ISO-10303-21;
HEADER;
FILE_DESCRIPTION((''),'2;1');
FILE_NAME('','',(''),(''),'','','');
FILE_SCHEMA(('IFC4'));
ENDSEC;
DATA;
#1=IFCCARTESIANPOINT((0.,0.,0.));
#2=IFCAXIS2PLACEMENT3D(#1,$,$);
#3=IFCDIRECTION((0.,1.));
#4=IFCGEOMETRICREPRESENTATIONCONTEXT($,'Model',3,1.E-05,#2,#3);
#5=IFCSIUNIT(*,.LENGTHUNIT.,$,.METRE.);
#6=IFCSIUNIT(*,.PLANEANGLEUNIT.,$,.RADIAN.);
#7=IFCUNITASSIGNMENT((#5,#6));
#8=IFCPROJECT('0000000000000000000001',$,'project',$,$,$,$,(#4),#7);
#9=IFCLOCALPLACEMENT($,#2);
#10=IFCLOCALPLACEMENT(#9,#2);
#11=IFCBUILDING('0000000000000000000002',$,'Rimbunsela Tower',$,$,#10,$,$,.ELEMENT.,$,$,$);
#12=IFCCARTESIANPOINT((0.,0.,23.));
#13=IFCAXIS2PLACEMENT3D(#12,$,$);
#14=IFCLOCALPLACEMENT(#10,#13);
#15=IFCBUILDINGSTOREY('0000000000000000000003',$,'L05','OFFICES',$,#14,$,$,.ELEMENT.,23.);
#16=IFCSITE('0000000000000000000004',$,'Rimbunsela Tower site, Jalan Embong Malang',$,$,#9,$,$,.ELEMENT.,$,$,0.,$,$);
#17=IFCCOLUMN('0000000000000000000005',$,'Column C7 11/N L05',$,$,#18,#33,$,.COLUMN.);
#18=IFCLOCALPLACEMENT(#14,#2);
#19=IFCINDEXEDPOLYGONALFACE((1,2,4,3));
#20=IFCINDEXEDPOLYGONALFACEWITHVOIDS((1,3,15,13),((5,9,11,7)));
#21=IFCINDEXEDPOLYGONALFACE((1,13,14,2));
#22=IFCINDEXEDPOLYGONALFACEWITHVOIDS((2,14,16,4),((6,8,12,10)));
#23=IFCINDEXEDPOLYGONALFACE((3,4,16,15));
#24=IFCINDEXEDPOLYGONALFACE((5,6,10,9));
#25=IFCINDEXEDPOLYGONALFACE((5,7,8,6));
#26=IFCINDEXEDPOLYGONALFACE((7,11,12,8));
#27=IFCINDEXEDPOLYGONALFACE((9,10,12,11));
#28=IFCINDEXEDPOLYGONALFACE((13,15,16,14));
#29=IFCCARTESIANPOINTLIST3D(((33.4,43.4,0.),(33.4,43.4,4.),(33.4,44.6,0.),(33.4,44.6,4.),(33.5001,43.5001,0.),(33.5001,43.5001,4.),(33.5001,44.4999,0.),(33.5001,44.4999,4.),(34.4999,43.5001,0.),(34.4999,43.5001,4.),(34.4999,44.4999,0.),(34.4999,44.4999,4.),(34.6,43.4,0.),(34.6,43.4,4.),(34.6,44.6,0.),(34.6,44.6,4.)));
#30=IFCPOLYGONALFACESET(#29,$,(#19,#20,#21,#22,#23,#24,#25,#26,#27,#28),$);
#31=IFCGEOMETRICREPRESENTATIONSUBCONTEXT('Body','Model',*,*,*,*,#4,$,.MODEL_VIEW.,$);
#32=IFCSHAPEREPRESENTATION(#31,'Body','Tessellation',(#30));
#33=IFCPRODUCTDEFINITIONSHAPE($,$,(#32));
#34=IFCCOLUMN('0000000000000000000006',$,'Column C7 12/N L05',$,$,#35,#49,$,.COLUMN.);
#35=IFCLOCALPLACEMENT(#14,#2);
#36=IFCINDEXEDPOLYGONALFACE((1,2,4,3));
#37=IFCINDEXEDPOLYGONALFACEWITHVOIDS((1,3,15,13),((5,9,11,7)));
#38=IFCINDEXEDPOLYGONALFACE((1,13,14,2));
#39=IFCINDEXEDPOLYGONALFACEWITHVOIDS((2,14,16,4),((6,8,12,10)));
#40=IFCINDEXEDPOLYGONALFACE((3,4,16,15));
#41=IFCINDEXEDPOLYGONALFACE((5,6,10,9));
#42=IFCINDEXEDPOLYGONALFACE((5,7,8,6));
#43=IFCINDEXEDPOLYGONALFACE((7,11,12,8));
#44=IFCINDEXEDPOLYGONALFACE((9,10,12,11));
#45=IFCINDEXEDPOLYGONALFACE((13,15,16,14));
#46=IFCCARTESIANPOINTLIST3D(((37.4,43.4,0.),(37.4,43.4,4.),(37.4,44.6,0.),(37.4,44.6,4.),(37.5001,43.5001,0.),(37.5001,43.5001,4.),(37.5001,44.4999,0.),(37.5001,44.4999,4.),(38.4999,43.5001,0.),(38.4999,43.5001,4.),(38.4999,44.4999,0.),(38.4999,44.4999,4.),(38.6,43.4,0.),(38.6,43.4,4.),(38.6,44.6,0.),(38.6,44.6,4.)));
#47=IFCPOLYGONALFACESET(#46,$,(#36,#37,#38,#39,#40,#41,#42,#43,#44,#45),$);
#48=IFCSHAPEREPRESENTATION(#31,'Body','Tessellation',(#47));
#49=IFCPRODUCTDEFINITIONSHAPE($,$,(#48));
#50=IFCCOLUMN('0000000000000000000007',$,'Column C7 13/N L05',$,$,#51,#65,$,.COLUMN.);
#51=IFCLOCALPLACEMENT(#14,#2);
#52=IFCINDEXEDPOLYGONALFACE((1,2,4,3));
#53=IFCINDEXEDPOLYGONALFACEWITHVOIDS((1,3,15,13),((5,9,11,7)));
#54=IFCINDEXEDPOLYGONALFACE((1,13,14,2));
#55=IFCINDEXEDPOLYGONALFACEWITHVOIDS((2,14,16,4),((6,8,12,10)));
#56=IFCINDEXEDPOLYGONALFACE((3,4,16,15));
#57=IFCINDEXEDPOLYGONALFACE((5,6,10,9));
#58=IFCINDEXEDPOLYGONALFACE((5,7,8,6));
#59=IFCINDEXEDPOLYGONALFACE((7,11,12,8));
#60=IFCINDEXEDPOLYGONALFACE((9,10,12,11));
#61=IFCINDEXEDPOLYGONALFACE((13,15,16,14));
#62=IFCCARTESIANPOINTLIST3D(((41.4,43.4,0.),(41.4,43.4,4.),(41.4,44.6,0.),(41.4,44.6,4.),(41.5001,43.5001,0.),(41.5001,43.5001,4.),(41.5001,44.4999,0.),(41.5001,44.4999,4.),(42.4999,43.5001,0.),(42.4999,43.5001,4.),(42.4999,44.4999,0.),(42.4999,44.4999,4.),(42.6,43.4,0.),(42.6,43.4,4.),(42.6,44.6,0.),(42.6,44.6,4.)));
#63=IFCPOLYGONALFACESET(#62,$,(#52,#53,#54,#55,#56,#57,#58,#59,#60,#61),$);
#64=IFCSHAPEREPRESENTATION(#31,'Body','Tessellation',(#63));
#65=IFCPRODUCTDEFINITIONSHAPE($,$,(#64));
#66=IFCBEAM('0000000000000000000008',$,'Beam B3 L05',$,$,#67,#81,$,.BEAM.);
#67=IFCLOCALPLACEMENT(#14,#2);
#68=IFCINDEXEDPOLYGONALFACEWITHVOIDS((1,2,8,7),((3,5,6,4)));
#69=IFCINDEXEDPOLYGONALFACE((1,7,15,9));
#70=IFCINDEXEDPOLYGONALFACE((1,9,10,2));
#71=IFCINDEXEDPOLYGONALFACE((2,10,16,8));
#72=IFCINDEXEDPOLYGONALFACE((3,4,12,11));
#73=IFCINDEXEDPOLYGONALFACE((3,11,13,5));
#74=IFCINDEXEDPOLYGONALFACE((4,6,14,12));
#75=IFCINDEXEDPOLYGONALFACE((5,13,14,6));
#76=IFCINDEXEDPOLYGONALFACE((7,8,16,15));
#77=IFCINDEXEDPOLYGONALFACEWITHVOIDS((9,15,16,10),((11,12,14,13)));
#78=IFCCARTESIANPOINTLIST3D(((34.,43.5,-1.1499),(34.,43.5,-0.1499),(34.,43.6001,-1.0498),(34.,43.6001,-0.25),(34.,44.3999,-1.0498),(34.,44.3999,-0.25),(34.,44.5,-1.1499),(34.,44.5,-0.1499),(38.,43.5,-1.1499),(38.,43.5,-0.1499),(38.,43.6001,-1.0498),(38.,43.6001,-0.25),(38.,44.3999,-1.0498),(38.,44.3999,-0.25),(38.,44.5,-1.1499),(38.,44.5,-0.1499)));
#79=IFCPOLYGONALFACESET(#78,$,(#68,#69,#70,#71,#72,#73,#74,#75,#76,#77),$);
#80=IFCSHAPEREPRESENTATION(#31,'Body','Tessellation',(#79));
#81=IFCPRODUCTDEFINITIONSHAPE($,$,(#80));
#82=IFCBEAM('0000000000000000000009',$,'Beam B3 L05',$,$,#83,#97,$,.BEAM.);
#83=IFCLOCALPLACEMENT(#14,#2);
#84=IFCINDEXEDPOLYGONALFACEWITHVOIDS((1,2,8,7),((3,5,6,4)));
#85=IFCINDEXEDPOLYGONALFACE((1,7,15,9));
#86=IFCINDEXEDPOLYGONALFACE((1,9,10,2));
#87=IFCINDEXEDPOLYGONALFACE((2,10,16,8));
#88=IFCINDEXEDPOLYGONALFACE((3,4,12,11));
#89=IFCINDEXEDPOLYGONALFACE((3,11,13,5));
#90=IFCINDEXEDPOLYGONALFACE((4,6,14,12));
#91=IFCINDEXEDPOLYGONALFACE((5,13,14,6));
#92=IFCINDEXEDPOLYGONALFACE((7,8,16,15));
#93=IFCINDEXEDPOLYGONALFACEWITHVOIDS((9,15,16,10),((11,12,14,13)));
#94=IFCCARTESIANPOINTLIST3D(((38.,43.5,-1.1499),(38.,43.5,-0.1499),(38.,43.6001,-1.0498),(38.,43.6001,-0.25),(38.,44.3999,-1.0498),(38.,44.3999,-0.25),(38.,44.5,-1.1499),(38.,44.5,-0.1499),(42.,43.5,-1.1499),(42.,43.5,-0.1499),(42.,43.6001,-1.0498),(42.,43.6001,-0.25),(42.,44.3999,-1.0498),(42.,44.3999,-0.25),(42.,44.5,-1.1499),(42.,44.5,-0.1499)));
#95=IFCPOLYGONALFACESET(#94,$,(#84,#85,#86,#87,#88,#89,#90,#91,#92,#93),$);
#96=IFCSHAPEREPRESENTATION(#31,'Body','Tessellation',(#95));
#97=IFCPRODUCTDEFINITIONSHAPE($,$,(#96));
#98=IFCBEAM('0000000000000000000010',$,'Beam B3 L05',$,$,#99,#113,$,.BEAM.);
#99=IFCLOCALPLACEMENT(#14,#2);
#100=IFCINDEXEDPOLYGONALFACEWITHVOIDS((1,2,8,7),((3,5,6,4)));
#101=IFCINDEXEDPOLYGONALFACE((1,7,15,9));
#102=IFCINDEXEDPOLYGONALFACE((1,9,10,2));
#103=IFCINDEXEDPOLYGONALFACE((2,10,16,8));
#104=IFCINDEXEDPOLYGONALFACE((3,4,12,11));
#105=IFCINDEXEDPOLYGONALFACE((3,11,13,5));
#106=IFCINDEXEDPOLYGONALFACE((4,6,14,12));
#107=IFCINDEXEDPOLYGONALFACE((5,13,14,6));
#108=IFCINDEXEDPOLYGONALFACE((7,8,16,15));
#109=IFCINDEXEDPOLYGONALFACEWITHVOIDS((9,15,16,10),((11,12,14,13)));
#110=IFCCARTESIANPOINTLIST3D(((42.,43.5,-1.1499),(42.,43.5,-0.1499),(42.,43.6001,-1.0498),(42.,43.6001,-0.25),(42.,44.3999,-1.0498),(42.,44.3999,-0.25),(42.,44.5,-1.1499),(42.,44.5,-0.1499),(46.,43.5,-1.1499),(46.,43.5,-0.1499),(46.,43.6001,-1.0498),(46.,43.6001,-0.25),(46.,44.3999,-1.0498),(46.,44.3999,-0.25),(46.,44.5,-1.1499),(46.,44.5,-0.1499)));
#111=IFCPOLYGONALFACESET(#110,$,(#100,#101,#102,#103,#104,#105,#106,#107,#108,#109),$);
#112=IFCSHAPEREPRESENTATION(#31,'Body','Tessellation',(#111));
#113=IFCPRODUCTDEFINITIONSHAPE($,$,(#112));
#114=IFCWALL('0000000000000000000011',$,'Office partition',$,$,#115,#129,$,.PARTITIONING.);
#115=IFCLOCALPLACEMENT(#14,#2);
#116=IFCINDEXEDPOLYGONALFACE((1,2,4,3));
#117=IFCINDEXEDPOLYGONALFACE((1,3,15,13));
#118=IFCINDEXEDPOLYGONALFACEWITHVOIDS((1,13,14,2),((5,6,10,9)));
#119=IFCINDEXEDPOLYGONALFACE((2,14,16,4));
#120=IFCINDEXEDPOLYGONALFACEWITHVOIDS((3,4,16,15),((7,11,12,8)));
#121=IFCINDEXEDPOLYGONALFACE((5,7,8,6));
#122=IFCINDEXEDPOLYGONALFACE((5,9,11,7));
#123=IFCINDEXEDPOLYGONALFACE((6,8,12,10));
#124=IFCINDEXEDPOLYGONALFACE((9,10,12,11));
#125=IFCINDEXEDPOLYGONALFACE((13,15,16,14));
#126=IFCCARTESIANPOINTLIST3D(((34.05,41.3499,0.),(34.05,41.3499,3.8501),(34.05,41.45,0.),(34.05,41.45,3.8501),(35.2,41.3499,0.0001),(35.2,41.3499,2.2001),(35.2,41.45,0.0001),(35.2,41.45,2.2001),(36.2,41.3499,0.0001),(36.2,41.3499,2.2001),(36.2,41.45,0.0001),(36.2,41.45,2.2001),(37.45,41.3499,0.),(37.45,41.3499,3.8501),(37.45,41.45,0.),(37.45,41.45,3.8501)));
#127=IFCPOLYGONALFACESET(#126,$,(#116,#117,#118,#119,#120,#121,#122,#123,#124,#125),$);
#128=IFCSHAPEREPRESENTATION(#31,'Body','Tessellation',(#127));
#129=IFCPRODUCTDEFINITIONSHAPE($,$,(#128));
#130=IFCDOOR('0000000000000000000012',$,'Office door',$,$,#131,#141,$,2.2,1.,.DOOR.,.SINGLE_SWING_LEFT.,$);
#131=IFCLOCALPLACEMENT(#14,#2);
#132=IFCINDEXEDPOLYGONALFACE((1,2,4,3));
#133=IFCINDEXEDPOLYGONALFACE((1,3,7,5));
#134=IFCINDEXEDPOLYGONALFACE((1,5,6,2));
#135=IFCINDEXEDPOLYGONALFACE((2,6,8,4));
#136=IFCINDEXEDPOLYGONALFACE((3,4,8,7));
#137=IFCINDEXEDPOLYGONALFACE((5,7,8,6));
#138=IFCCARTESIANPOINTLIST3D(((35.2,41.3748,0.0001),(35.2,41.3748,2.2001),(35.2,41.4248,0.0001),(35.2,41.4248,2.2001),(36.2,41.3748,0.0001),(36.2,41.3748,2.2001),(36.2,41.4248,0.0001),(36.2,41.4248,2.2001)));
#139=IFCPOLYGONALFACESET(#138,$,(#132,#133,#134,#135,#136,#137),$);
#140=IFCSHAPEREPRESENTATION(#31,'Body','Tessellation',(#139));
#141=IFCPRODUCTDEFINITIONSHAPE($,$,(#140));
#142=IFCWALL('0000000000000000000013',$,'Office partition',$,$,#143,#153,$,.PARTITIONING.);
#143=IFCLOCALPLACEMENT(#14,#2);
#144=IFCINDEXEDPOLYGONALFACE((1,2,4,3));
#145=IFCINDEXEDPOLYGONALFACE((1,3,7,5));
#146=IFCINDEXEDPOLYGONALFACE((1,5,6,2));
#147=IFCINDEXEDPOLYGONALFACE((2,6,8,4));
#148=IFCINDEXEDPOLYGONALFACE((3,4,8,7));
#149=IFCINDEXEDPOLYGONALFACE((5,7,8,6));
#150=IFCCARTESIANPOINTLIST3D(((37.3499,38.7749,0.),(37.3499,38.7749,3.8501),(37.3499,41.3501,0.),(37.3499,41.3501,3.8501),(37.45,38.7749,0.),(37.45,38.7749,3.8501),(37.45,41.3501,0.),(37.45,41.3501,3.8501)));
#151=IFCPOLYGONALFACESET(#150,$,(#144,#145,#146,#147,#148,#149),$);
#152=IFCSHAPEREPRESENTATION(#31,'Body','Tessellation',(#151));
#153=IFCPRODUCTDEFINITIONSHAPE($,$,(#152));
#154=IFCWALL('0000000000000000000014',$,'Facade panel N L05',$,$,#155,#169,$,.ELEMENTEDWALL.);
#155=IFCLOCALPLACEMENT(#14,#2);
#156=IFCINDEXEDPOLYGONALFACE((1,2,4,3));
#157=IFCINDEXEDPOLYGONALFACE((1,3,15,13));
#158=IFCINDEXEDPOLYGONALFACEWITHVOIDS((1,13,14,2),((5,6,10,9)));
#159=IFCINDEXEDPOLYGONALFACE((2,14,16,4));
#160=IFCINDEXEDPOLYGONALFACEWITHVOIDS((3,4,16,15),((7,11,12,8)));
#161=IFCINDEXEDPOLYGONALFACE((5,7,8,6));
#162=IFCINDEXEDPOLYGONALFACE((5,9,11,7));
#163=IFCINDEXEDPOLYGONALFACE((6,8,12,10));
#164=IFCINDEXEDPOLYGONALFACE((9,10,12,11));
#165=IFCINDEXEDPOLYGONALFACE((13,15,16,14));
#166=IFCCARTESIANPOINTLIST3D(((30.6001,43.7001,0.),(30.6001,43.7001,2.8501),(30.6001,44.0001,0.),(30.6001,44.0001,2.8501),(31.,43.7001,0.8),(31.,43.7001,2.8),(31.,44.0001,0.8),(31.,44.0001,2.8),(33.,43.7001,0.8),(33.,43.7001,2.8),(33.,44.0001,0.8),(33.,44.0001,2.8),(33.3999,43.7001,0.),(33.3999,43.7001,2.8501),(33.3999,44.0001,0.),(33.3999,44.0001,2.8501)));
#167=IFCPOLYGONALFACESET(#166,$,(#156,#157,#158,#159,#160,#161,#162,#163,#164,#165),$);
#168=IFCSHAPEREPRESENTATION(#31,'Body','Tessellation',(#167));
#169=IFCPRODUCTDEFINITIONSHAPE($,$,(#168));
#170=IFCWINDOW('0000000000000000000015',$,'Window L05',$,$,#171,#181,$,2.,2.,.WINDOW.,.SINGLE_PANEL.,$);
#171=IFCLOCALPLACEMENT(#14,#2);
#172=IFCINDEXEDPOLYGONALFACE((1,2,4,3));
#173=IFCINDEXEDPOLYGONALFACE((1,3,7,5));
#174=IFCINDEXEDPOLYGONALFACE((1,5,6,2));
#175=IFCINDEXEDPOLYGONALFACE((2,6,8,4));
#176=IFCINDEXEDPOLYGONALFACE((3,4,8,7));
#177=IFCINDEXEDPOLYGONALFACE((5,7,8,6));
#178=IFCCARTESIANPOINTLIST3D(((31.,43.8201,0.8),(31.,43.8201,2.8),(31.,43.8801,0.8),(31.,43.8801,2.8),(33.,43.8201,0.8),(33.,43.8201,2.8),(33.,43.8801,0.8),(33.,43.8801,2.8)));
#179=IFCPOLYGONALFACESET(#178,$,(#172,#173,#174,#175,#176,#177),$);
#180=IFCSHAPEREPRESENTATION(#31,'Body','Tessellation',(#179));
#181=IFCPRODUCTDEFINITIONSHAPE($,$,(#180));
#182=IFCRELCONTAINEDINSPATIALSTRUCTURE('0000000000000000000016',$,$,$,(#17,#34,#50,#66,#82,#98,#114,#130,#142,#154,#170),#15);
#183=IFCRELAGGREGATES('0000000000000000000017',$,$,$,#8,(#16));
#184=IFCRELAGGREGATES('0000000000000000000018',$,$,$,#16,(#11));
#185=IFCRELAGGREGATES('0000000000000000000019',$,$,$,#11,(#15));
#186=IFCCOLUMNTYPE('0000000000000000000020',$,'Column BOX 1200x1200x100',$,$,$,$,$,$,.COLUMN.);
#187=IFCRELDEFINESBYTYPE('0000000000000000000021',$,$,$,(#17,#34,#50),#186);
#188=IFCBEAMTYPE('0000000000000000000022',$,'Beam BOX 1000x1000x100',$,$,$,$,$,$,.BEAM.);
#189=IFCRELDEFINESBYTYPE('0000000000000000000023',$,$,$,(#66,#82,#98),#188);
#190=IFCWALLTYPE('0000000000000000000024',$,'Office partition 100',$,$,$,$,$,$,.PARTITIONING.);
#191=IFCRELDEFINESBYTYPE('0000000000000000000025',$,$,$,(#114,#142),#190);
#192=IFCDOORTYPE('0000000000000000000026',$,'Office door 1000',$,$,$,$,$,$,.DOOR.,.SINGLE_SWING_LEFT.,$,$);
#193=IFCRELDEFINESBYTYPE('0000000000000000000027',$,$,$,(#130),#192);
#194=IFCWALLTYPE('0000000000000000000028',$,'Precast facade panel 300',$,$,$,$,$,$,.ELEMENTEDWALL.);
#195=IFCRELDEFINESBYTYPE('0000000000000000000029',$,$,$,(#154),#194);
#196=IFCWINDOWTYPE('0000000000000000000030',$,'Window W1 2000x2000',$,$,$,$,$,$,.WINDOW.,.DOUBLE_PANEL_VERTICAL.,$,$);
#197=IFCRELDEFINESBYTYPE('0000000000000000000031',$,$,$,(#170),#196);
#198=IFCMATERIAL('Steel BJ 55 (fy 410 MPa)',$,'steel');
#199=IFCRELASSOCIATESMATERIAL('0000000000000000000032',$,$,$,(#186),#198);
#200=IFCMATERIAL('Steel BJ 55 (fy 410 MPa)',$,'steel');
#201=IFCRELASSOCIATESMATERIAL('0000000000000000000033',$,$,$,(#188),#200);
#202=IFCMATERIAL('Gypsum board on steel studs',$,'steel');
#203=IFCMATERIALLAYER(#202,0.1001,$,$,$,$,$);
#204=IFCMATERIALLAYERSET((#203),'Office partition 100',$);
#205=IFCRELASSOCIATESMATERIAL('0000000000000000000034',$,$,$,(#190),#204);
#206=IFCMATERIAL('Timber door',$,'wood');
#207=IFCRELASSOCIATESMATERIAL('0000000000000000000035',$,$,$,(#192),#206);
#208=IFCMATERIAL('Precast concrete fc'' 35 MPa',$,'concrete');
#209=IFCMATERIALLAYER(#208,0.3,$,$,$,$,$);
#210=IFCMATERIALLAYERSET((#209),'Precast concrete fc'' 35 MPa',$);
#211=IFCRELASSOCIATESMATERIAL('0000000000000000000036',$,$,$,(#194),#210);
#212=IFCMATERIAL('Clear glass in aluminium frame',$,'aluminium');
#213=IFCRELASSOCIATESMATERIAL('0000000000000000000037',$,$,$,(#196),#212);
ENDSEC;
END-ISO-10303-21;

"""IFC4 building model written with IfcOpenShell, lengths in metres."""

from ifc_helpers import new_model, si_unit, direction, frame, frame_2d, origin, origin_2d, place, context, subcontext, project, spatial, rectangle, hollow_rectangle, extrude, material, layer, layer_set, material_profile, profile_set, type_object, element, fill, save


model = new_model("IFC4")

# Units and contexts
model_context = context("Model", 3, precision=1e-05, world=origin(), true_north=direction((0.0, 1.0)))
body_context = subcontext(model_context, "Body", "Model", "MODEL_VIEW")
ifc_project = project(units=[si_unit("LENGTHUNIT", "METRE"), si_unit("PLANEANGLEUNIT", "RADIAN")], contexts=[model_context])

# Site, building, storey
site_placement = place(None, origin())
site = spatial("IfcSite", under=ifc_project, at=site_placement, Name="Rimbunsela Tower site, Jalan Embong Malang", CompositionType="ELEMENT", RefElevation=0.0)
building_placement = place(site_placement, origin())
building = spatial("IfcBuilding", under=site, at=building_placement, Name="Rimbunsela Tower", CompositionType="ELEMENT")
storey_placement = place(building_placement, frame((0.0, 0.0, 23.0)))
storey = spatial("IfcBuildingStorey", under=building, at=storey_placement, Name="L05", Description="OFFICES", CompositionType="ELEMENT", Elevation=23.0)

# Columns
ifc_material_1 = material(Name="Steel BJ 55 (fy 410 MPa)", Category="steel")
ifc_material_profile_1 = material_profile(ifc_material_1, hollow_rectangle(XDim=1.2, YDim=1.2, WallThickness=0.1001, at=origin_2d()), Name="BOX 1200x1200x100")
ifc_profile_set_1 = profile_set([ifc_material_profile_1], Name="Steel BJ 55 (fy 410 MPa)")
column_type = type_object("IfcColumnType", Name="Column BOX 1200x1200x100", PredefinedType="COLUMN", material=ifc_profile_set_1)
for number, where, z_axis, x_axis, name in (
    (1, (34.0, 44.0, 0.0), (0.0, 0.0, 1.0), (1.0, 0.0, 0.0), "Column C7 11/N L05"),
    (2, (38.0, 44.0, 0.0), (0.0, 0.0, 1.0), (1.0, 0.0, 0.0), "Column C7 12/N L05"),
    (3, (42.0, 44.0, 0.0), (0.0, 0.0, 1.0), (1.0, 0.0, 0.0), "Column C7 13/N L05"),
):
    element("IfcColumn", number, at=place(storey_placement, frame(where, z_axis=z_axis, x_axis=x_axis)), inside=storey, type_object=column_type, Name=name, PredefinedType="COLUMN", context=body_context, shape_type="SweptSolid", body=[
        extrude(hollow_rectangle(XDim=1.2, YDim=1.2, WallThickness=0.1001, at=origin_2d()), origin(), (0.0, 0.0, 1.0), 4.0),
    ])

# Beams
ifc_material_2 = material(Name="Steel BJ 55 (fy 410 MPa)", Category="steel")
ifc_material_profile_2 = material_profile(ifc_material_2, hollow_rectangle(XDim=1.0, YDim=1.0, WallThickness=0.1001, at=origin_2d()), Name="BOX 1000x1000x100")
ifc_profile_set_2 = profile_set([ifc_material_profile_2], Name="Steel BJ 55 (fy 410 MPa)")
beam_type = type_object("IfcBeamType", Name="Beam BOX 1000x1000x100", PredefinedType="BEAM", material=ifc_profile_set_2)
for number, where, z_axis, x_axis, name in (
    (4, (34.0, 44.0, -0.6499), (1.0, 0.0, 0.0), (0.0, 1.0, 0.0), "Beam B3 L05"),
    (5, (38.0, 44.0, -0.6499), (1.0, 0.0, 0.0), (0.0, 1.0, 0.0), "Beam B3 L05"),
    (6, (42.0, 44.0, -0.6499), (1.0, 0.0, 0.0), (0.0, 1.0, 0.0), "Beam B3 L05"),
):
    element("IfcBeam", number, at=place(storey_placement, frame(where, z_axis=z_axis, x_axis=x_axis)), inside=storey, type_object=beam_type, Name=name, PredefinedType="BEAM", context=body_context, shape_type="SweptSolid", body=[
        extrude(hollow_rectangle(XDim=1.0, YDim=1.0, WallThickness=0.1001, at=origin_2d()), origin(), (0.0, 0.0, 1.0), 4.0),
    ])

# Wall, opening, door
ifc_material_3 = material(Name="Gypsum board on steel studs", Category="steel")
ifc_layer_1 = layer(ifc_material_3, 0.1001)
ifc_layer_set_1 = layer_set([ifc_layer_1], Name="Office partition 100")
wall_type_1 = type_object("IfcWallType", Name="Office partition 100", PredefinedType="PARTITIONING", material=ifc_layer_set_1)
wall_1_placement = place(storey_placement, frame((34.05, 41.3999, 0.0), z_axis=(0.0, 0.0, 1.0), x_axis=(1.0, 0.0, 0.0)))
wall_1 = element("IfcWall", 7, at=wall_1_placement, inside=storey, type_object=wall_type_1, Name="Office partition", PredefinedType="PARTITIONING", context=body_context, shape_type="SweptSolid", body=[
    extrude(rectangle(XDim=3.3999, YDim=0.1001, at=frame_2d((1.7, 0.0))), origin(), (0.0, 0.0, 1.0), 3.8501),
])
opening_1_placement = place(wall_1_placement, frame((1.1499, 0.0, 0.0)))
opening_1 = element("IfcOpeningElement", 8, at=opening_1_placement, cuts=wall_1, PredefinedType="OPENING", context=body_context, shape_type="SweptSolid", body=[
    extrude(rectangle(XDim=1.0, YDim=2.2, at=frame_2d((0.5, 1.1001))), frame((0.0, 0.0601, 0.0), z_axis=(0.0, -1.0, 0.0), x_axis=(1.0, 0.0, 0.0)), (0.0, 0.0, 1.0), 0.1201),
])
ifc_material_4 = material(Name="Timber door", Category="wood")
door_type = type_object("IfcDoorType", Name="Office door 1000", OperationType="SINGLE_SWING_LEFT", PredefinedType="DOOR", material=ifc_material_4)
door_placement = place(opening_1_placement, origin())
door = element("IfcDoor", 9, at=door_placement, inside=storey, type_object=door_type, Name="Office door", OperationType="SINGLE_SWING_LEFT", OverallHeight=2.2, OverallWidth=1.0, PredefinedType="DOOR", context=body_context, shape_type="SweptSolid", body=[
    extrude(rectangle(XDim=1.0, YDim=2.2, at=frame_2d((0.5, 1.1001))), frame((0.0, 0.0249, 0.0), z_axis=(0.0, -1.0, 0.0), x_axis=(1.0, 0.0, 0.0)), (0.0, 0.0, 1.0), 0.05),
])
fill(opening_1, door)

# Wall
wall_2_placement = place(storey_placement, frame((37.3999, 38.7749, 0.0), z_axis=(0.0, 0.0, 1.0), x_axis=(0.0, 1.0, 0.0)))
element("IfcWall", 10, at=wall_2_placement, inside=storey, type_object=wall_type_1, Name="Office partition", PredefinedType="PARTITIONING", context=body_context, shape_type="SweptSolid", body=[
    extrude(rectangle(XDim=2.5752, YDim=0.1001, at=frame_2d((1.2876, 0.0))), origin(), (0.0, 0.0, 1.0), 3.8501),
])

# Wall, opening, window
ifc_material_5 = material(Name="Precast concrete fc' 35 MPa", Category="concrete")
ifc_layer_2 = layer(ifc_material_5, 0.3)
ifc_layer_set_2 = layer_set([ifc_layer_2], Name="Precast concrete fc' 35 MPa")
wall_type_2 = type_object("IfcWallType", Name="Precast facade panel 300", PredefinedType="ELEMENTEDWALL", material=ifc_layer_set_2)
wall_3_placement = place(storey_placement, frame((33.3999, 43.8501, 0.0), z_axis=(0.0, 0.0, 1.0), x_axis=(-1.0, 0.0, 0.0)))
wall_3 = element("IfcWall", 11, at=wall_3_placement, inside=storey, type_object=wall_type_2, Name="Facade panel N L05", PredefinedType="ELEMENTEDWALL", context=body_context, shape_type="SweptSolid", body=[
    extrude(rectangle(XDim=2.7998, YDim=0.3, at=frame_2d((1.3999, 0.0))), origin(), (0.0, 0.0, 1.0), 2.8501),
])
opening_2_placement = place(wall_3_placement, frame((0.3999, 0.0, 0.8)))
opening_2 = element("IfcOpeningElement", 12, at=opening_2_placement, cuts=wall_3, PredefinedType="OPENING", context=body_context, shape_type="SweptSolid", body=[
    extrude(rectangle(XDim=2.0, YDim=2.0, at=frame_2d((1.0, 1.0))), frame((0.0, 0.1599, 0.0), z_axis=(0.0, -1.0, 0.0), x_axis=(1.0, 0.0, 0.0)), (0.0, 0.0, 1.0), 0.3201),
])
ifc_material_6 = material(Name="Clear glass in aluminium frame", Category="aluminium")
window_type = type_object("IfcWindowType", Name="Window W1 2000x2000", PartitioningType="DOUBLE_PANEL_VERTICAL", PredefinedType="WINDOW", material=ifc_material_6)
window_1_placement = place(opening_2_placement, origin())
window_1 = element("IfcWindow", 13, at=window_1_placement, inside=storey, type_object=window_type, Name="Window L05", OverallHeight=2.0, OverallWidth=2.0, PartitioningType="SINGLE_PANEL", PredefinedType="WINDOW", context=body_context, shape_type="SweptSolid", body=[
    extrude(rectangle(XDim=2.0, YDim=2.0, at=frame_2d((1.0, 1.0))), frame((0.0, 0.03, 0.0), z_axis=(0.0, -1.0, 0.0), x_axis=(1.0, 0.0, 0.0)), (0.0, 0.0, 1.0), 0.0601),
])
fill(opening_2, window_1)

save(model, "model.ifc")
